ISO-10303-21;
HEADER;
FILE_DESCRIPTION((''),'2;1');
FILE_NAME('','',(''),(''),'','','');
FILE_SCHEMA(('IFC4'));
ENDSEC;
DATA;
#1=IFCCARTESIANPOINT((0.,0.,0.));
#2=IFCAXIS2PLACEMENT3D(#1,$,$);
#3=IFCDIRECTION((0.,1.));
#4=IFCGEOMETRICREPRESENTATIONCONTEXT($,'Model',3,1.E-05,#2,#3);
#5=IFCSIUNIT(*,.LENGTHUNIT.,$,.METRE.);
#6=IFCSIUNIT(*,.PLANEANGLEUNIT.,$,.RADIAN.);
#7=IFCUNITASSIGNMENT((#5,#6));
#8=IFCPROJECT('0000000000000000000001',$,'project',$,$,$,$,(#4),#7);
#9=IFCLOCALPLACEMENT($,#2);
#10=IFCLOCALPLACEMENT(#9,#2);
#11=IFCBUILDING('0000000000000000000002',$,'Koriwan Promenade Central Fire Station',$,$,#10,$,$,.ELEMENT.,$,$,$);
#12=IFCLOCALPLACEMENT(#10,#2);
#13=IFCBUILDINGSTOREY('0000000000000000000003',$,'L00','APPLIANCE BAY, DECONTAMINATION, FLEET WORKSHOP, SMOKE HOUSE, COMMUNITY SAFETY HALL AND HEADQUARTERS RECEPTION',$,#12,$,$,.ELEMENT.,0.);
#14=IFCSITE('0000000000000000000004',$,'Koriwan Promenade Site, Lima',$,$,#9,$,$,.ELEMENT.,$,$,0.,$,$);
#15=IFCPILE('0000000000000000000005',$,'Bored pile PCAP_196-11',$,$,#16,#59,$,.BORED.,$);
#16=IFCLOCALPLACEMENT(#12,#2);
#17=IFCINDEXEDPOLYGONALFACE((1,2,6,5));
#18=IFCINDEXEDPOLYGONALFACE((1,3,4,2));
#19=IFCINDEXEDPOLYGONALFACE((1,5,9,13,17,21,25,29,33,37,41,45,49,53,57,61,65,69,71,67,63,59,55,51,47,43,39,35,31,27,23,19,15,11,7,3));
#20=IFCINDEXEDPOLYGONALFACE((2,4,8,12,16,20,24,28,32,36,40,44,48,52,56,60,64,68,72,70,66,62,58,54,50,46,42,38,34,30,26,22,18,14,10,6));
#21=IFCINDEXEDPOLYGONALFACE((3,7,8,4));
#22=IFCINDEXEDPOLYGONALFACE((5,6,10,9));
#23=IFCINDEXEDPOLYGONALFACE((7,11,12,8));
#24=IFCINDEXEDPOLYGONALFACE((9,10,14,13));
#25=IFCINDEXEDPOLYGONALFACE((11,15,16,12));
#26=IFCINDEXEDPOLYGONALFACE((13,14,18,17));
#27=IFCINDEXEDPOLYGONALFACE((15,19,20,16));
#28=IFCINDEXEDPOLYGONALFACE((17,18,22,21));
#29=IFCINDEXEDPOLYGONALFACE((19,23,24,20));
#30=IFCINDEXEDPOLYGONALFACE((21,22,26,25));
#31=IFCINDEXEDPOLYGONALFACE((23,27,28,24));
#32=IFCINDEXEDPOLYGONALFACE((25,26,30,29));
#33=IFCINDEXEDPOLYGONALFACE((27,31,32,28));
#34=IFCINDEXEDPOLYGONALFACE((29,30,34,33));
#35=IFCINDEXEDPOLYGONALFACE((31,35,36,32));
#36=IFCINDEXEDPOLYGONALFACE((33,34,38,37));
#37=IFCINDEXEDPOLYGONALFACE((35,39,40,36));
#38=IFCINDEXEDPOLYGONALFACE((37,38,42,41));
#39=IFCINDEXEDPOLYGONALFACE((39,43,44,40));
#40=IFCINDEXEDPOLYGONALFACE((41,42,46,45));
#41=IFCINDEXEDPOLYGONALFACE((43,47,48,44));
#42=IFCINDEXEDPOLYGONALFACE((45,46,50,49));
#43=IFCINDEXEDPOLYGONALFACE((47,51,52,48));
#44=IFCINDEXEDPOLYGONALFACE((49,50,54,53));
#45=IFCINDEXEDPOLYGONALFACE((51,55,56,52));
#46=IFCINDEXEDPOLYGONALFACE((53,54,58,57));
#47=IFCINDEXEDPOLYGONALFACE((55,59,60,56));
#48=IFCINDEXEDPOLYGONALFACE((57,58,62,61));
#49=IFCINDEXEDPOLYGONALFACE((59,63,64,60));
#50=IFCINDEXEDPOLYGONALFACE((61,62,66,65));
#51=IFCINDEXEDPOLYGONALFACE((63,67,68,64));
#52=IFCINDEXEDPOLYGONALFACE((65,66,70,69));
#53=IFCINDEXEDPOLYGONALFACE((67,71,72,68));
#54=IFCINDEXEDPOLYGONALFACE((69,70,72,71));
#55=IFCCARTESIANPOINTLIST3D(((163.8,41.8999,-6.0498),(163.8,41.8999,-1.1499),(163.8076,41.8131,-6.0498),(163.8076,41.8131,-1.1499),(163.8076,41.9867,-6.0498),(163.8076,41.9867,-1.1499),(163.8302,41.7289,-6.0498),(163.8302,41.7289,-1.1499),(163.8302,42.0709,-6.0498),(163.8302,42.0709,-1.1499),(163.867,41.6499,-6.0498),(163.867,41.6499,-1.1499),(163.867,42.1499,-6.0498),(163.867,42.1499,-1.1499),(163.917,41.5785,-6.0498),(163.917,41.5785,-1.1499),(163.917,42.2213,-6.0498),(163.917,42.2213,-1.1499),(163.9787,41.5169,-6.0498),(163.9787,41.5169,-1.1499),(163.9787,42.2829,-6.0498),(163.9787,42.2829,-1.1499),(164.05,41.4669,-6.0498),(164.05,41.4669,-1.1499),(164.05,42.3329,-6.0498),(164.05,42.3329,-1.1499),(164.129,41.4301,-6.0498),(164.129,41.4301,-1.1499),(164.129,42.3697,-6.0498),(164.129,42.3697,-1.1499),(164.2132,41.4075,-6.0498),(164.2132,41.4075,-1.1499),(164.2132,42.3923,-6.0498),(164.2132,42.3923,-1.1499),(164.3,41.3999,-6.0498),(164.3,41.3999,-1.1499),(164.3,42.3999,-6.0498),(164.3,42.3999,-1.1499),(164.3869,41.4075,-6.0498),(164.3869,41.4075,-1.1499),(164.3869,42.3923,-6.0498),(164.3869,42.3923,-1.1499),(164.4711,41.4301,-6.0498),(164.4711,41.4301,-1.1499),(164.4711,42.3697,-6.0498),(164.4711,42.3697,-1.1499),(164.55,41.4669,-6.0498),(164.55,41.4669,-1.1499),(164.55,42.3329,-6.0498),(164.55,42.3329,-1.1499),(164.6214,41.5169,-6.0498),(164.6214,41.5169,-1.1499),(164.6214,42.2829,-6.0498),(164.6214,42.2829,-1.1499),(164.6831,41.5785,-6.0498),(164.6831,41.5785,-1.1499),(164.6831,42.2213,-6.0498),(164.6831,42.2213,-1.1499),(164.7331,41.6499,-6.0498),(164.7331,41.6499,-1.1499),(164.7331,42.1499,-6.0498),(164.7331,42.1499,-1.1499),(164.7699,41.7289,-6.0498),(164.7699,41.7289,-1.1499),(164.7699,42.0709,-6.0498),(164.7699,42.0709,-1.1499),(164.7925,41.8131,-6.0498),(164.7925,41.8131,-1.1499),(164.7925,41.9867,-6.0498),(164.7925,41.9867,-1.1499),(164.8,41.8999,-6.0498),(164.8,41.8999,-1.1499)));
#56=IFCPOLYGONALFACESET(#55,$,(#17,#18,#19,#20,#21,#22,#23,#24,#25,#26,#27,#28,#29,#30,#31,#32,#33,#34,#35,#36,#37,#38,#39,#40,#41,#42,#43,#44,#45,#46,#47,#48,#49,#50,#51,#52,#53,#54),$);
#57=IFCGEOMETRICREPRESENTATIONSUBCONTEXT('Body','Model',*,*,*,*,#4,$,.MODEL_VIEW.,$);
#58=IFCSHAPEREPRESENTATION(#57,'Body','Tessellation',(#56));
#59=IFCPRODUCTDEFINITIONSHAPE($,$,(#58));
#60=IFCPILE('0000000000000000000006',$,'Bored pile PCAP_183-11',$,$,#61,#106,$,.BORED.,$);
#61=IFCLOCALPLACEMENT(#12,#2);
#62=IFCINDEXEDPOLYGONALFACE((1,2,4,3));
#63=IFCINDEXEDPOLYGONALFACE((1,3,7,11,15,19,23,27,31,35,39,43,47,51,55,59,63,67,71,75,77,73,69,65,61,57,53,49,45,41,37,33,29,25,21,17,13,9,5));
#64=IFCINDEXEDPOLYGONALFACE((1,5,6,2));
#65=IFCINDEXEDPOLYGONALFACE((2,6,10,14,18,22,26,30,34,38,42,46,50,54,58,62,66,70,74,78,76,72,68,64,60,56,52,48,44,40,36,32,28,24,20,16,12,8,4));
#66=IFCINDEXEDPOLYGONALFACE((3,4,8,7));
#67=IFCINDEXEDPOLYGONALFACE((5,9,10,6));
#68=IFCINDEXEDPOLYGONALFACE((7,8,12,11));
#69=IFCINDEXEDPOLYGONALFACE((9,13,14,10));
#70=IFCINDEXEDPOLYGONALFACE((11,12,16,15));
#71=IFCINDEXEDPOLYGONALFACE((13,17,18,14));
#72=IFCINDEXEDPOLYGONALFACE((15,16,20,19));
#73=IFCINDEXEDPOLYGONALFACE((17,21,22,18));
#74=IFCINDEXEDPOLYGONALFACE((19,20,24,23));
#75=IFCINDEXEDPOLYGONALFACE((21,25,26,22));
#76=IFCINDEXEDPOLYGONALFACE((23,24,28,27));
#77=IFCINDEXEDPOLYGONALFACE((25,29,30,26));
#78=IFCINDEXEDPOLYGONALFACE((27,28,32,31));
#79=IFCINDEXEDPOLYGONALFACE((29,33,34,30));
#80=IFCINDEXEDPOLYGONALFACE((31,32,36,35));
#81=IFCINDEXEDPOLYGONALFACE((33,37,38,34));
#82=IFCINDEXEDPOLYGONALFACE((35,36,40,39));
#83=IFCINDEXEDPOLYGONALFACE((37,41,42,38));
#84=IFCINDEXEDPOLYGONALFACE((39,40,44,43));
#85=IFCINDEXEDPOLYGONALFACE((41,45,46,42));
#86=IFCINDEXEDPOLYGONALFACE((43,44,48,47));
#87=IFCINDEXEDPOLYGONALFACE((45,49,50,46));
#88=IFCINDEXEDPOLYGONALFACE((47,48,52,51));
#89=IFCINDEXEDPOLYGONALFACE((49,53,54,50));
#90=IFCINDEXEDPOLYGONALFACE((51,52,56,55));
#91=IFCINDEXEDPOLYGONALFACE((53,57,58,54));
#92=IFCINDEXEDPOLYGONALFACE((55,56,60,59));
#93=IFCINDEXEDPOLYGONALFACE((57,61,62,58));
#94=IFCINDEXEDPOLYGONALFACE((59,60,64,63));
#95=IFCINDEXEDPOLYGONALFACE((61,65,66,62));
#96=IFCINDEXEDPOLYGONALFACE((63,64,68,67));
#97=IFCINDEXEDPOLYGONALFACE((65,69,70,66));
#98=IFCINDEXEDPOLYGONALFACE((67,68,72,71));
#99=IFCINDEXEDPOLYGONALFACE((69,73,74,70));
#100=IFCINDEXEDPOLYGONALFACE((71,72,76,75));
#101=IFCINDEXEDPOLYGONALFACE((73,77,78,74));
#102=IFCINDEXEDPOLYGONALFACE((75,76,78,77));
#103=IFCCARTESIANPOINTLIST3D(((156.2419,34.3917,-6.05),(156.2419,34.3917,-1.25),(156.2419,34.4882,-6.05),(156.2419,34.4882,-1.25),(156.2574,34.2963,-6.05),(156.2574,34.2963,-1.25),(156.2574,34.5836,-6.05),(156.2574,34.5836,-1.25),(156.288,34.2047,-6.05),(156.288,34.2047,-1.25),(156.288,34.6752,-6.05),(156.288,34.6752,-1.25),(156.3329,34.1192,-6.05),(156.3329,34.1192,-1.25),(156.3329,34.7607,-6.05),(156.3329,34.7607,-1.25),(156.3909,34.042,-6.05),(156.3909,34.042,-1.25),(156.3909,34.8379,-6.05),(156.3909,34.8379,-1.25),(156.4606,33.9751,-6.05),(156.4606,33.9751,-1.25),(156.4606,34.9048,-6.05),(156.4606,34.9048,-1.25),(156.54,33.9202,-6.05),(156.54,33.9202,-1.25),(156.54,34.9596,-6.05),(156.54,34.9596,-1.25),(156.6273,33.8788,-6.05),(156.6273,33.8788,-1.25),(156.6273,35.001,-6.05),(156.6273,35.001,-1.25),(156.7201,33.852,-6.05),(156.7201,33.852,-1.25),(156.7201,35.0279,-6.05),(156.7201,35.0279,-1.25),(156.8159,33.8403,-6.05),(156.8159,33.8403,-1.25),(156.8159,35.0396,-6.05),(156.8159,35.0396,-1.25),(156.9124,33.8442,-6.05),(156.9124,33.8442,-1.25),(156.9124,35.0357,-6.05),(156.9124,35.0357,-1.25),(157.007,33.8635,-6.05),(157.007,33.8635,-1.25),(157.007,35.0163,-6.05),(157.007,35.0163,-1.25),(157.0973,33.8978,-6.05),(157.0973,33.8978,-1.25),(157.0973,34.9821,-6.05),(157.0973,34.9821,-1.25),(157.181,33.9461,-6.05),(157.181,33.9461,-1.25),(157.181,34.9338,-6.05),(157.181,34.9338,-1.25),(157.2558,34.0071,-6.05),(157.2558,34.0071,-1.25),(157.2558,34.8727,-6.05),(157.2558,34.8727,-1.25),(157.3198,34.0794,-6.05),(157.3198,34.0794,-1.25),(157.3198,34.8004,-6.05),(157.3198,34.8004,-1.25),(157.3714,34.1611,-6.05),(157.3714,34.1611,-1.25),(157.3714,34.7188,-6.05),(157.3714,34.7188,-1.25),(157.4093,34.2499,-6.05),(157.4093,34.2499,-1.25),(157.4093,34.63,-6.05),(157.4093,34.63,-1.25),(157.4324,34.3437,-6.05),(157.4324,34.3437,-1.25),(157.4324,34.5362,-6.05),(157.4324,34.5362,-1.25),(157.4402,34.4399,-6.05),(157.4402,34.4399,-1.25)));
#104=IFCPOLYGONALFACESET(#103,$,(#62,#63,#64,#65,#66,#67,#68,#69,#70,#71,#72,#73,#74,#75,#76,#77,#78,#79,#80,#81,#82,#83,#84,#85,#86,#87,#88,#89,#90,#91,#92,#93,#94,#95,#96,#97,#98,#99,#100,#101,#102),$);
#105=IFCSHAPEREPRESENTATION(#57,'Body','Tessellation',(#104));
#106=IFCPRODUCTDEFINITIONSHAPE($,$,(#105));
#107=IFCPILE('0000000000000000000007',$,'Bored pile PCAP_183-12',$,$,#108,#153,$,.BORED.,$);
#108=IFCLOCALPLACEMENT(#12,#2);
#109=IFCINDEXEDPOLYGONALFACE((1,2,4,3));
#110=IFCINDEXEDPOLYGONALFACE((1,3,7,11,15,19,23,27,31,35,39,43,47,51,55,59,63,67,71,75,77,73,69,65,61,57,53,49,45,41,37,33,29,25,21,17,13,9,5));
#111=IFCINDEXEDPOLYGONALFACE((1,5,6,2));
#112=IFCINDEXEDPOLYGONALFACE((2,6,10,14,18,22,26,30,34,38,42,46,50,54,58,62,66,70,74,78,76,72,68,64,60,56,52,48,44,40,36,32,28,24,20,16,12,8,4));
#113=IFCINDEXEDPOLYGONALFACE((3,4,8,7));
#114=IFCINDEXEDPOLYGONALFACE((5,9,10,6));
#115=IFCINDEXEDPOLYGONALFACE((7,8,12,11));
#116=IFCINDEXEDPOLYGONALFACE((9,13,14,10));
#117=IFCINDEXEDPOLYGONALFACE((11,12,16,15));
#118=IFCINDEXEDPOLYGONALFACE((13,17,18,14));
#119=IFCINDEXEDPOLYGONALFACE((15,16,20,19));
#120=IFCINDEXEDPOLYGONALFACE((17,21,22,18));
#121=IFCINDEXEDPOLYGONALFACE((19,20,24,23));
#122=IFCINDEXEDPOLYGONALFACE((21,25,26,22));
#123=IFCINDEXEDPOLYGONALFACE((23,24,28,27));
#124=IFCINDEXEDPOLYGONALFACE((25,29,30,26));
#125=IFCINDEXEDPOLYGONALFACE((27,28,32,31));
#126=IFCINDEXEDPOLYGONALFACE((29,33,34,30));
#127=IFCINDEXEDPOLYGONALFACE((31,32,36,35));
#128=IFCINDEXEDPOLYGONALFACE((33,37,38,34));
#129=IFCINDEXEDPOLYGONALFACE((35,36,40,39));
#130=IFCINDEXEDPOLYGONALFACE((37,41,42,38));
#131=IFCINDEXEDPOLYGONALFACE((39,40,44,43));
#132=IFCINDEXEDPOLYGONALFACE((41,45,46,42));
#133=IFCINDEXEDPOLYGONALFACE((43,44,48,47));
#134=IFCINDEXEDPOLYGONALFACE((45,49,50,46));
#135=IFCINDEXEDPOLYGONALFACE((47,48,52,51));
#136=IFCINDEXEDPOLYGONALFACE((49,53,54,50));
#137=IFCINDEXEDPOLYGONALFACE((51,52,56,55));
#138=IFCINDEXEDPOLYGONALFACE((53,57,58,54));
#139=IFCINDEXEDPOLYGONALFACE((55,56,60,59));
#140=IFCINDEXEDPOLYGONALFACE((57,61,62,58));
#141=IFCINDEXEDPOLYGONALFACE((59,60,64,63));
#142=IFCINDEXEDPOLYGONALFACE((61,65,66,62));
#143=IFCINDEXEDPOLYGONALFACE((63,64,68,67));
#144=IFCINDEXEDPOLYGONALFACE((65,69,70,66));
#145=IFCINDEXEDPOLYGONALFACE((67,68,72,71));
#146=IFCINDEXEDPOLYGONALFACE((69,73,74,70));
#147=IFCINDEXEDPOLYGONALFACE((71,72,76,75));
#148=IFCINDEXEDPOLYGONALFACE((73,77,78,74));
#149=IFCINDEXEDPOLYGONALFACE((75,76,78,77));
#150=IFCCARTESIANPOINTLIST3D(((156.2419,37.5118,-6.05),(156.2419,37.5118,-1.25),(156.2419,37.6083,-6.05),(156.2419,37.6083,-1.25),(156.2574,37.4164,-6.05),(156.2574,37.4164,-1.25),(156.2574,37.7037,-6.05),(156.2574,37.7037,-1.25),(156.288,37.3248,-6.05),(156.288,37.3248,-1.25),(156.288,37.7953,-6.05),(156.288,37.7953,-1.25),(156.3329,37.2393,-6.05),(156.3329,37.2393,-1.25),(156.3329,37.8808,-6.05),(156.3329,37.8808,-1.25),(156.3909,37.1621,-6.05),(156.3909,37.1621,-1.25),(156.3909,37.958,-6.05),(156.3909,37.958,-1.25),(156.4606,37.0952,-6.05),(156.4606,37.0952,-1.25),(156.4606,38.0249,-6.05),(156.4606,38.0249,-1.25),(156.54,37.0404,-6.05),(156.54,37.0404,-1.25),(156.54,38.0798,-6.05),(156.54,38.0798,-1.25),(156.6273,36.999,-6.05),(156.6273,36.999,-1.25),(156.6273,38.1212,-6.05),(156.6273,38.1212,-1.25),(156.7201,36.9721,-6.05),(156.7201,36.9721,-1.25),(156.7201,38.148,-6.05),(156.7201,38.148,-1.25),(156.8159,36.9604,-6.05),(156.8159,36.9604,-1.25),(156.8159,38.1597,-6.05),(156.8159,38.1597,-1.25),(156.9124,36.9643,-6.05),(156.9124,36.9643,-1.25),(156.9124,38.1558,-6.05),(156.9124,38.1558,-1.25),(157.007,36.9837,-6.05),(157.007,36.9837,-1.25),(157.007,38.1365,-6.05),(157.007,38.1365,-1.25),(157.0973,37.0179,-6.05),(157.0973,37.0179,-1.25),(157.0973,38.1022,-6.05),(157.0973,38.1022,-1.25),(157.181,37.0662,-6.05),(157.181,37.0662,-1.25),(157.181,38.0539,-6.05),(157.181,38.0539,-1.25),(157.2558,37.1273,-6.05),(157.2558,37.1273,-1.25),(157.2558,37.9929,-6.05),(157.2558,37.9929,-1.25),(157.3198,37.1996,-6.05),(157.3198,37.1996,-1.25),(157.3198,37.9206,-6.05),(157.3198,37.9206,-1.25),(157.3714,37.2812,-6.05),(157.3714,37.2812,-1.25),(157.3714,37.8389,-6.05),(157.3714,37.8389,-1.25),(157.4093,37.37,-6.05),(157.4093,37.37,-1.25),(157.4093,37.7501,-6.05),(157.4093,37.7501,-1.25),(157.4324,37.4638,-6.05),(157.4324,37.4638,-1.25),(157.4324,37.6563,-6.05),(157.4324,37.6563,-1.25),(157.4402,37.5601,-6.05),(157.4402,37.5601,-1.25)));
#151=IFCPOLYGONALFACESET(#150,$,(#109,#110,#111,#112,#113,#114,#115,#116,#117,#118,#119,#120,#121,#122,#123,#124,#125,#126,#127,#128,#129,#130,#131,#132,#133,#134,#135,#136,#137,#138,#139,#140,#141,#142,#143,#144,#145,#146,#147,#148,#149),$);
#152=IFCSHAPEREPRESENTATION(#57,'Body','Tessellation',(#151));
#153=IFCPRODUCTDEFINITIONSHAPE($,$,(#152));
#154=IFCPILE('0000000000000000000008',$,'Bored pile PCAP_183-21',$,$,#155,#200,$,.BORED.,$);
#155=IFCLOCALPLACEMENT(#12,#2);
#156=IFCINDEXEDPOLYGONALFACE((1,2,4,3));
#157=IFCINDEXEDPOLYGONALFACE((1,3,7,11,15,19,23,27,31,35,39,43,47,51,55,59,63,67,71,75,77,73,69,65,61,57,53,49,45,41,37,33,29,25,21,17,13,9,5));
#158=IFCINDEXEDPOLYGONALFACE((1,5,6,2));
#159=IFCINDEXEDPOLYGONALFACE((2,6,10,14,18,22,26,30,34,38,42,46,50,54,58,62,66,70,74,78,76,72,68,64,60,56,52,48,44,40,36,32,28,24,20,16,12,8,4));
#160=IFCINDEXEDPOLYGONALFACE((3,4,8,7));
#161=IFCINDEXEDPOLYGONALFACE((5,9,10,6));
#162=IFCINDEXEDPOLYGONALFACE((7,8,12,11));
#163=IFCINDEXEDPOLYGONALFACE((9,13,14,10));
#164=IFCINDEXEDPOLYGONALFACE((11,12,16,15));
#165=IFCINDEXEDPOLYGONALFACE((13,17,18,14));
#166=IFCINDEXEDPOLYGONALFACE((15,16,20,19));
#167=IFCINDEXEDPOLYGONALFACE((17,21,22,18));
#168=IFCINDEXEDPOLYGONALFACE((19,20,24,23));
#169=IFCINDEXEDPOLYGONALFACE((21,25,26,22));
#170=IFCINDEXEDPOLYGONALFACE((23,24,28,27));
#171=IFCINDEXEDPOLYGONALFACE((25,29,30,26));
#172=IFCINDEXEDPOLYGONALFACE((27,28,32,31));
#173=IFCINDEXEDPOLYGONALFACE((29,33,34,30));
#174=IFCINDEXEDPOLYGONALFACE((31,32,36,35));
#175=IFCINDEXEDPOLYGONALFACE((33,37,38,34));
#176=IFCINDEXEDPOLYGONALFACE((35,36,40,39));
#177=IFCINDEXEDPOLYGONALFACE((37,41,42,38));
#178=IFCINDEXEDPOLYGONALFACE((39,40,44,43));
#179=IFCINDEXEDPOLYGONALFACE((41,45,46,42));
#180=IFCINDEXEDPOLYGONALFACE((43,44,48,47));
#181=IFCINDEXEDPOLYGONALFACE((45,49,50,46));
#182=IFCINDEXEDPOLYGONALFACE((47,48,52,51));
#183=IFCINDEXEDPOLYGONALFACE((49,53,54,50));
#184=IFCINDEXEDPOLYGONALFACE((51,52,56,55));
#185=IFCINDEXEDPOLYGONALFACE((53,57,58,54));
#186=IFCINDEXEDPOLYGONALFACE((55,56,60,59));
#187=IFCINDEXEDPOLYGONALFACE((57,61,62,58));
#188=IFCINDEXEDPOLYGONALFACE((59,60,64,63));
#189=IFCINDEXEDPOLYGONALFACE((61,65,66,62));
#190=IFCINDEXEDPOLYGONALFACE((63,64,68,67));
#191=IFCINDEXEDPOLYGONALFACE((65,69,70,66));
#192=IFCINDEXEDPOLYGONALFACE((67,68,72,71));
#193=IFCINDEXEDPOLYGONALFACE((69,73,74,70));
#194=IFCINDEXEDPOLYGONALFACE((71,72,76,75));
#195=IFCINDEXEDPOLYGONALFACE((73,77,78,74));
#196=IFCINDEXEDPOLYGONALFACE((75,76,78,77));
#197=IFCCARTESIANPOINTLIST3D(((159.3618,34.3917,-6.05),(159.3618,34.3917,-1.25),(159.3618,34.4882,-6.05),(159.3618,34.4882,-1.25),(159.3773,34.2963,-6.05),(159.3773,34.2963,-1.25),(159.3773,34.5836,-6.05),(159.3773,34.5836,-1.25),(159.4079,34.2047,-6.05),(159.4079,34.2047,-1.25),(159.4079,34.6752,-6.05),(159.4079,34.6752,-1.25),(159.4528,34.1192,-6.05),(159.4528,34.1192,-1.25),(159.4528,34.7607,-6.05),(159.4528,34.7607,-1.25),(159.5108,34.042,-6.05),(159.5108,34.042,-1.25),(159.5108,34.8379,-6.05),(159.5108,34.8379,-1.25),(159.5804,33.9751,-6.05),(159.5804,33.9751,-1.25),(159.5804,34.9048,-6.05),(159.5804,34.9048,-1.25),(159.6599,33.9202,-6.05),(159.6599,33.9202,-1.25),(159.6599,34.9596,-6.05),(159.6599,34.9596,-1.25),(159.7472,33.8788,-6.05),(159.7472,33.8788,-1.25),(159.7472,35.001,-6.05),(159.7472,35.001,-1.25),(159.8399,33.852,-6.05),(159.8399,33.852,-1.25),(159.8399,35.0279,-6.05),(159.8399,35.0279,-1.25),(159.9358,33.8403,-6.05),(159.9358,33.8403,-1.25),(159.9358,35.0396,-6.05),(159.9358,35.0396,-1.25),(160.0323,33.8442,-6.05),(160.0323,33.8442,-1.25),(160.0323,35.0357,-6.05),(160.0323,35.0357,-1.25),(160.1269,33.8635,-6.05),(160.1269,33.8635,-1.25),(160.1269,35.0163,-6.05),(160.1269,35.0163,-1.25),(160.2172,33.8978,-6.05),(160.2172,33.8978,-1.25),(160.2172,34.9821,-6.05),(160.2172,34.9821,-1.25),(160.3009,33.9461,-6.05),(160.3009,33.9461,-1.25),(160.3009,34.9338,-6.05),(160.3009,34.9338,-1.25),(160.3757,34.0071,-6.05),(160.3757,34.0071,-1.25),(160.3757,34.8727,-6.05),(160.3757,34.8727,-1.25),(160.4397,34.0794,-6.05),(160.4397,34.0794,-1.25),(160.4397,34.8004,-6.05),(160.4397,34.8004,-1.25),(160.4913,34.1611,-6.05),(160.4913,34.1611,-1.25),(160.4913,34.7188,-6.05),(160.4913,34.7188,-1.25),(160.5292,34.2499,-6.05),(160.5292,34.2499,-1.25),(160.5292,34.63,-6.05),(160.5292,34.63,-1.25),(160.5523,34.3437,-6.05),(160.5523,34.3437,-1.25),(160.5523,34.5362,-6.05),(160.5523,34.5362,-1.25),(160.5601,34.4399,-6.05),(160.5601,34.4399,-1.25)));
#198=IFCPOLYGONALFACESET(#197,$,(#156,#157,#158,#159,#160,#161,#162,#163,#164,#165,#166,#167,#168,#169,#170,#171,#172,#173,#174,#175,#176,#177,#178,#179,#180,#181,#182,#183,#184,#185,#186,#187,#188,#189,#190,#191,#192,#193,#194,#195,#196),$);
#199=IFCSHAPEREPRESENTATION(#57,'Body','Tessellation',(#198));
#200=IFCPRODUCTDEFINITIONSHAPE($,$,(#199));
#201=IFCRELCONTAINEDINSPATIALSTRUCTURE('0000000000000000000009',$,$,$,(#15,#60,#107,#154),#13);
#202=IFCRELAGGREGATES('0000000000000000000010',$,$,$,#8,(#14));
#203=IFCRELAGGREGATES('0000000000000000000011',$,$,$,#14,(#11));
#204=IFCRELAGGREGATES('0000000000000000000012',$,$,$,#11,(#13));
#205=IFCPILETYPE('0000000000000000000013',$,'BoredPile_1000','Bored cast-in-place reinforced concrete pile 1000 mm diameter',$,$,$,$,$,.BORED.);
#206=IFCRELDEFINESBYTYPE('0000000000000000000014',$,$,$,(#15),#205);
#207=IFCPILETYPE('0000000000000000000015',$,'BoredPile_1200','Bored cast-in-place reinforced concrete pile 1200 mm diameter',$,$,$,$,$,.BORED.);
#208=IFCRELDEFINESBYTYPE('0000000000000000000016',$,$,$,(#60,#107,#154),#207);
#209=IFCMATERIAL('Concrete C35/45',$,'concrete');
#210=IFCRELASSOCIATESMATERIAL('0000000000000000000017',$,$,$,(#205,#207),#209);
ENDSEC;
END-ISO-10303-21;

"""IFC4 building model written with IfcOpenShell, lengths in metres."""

from ifc_helpers import new_model, si_unit, direction, frame, origin, origin_2d, place, context, subcontext, project, spatial, circle, extrude, material, material_profile, profile_set, type_object, element, save


model = new_model("IFC4")

# Units and contexts
model_context = context("Model", 3, precision=1e-05, world=origin(), true_north=direction((0.0, 1.0)))
body_context = subcontext(model_context, "Body", "Model", "MODEL_VIEW")
ifc_project = project(units=[si_unit("LENGTHUNIT", "METRE"), si_unit("PLANEANGLEUNIT", "RADIAN")], contexts=[model_context])

# Site, building, storey
site_placement = place(None, origin())
site = spatial("IfcSite", under=ifc_project, at=site_placement, Name="Koriwan Promenade Site, Lima", CompositionType="ELEMENT", RefElevation=0.0)
building_placement = place(site_placement, origin())
building = spatial("IfcBuilding", under=site, at=building_placement, Name="Koriwan Promenade Central Fire Station", CompositionType="ELEMENT")
storey_placement = place(building_placement, origin())
storey = spatial("IfcBuildingStorey", under=building, at=storey_placement, Name="L00", Description="APPLIANCE BAY, DECONTAMINATION, FLEET WORKSHOP, SMOKE HOUSE, COMMUNITY SAFETY HALL AND HEADQUARTERS RECEPTION", CompositionType="ELEMENT", Elevation=0.0)

# Piles
ifc_material_1 = material(Name="Concrete C35/45", Category="concrete")
ifc_material_profile_1 = material_profile(ifc_material_1, circle(Radius=0.5, at=origin_2d()), Name="PILE-D1000")
ifc_profile_set_1 = profile_set([ifc_material_profile_1], Name="Concrete C35/45")
pile_type_1 = type_object("IfcPileType", Name="BoredPile_1000", Description="Bored cast-in-place reinforced concrete pile 1000 mm diameter", PredefinedType="BORED", material=ifc_profile_set_1)
for number, where, z_axis, x_axis, name in (
    (1, (164.3, 41.8999, -1.1499), (0.0, 0.0, -1.0), (1.0, 0.0, 0.0), "Bored pile PCAP_196-11"),
):
    element("IfcPile", number, at=place(storey_placement, frame(where, z_axis=z_axis, x_axis=x_axis)), inside=storey, type_object=pile_type_1, Name=name, PredefinedType="BORED", context=body_context, shape_type="SweptSolid", body=[
        extrude(circle(Radius=0.5, at=origin_2d()), origin(), (0.0, 0.0, 1.0), 4.8999),
    ])
ifc_material_profile_2 = material_profile(ifc_material_1, circle(Radius=0.6001, at=origin_2d()), Name="PILE-D1200")
ifc_profile_set_2 = profile_set([ifc_material_profile_2], Name="Concrete C35/45")
pile_type_2 = type_object("IfcPileType", Name="BoredPile_1200", Description="Bored cast-in-place reinforced concrete pile 1200 mm diameter", PredefinedType="BORED", material=ifc_profile_set_2)
for number, where, z_axis, x_axis, name in (
    (2, (156.8401, 34.4399, -1.25), (0.0, 0.0, -1.0), (1.0, 0.0, 0.0), "Bored pile PCAP_183-11"),
    (3, (156.8401, 37.5601, -1.25), (0.0, 0.0, -1.0), (1.0, 0.0, 0.0), "Bored pile PCAP_183-12"),
    (4, (159.96, 34.4399, -1.25), (0.0, 0.0, -1.0), (1.0, 0.0, 0.0), "Bored pile PCAP_183-21"),
):
    element("IfcPile", number, at=place(storey_placement, frame(where, z_axis=z_axis, x_axis=x_axis)), inside=storey, type_object=pile_type_2, Name=name, PredefinedType="BORED", context=body_context, shape_type="SweptSolid", body=[
        extrude(circle(Radius=0.6001, at=origin_2d()), origin(), (0.0, 0.0, 1.0), 4.8),
    ])

save(model, "model.ifc")
